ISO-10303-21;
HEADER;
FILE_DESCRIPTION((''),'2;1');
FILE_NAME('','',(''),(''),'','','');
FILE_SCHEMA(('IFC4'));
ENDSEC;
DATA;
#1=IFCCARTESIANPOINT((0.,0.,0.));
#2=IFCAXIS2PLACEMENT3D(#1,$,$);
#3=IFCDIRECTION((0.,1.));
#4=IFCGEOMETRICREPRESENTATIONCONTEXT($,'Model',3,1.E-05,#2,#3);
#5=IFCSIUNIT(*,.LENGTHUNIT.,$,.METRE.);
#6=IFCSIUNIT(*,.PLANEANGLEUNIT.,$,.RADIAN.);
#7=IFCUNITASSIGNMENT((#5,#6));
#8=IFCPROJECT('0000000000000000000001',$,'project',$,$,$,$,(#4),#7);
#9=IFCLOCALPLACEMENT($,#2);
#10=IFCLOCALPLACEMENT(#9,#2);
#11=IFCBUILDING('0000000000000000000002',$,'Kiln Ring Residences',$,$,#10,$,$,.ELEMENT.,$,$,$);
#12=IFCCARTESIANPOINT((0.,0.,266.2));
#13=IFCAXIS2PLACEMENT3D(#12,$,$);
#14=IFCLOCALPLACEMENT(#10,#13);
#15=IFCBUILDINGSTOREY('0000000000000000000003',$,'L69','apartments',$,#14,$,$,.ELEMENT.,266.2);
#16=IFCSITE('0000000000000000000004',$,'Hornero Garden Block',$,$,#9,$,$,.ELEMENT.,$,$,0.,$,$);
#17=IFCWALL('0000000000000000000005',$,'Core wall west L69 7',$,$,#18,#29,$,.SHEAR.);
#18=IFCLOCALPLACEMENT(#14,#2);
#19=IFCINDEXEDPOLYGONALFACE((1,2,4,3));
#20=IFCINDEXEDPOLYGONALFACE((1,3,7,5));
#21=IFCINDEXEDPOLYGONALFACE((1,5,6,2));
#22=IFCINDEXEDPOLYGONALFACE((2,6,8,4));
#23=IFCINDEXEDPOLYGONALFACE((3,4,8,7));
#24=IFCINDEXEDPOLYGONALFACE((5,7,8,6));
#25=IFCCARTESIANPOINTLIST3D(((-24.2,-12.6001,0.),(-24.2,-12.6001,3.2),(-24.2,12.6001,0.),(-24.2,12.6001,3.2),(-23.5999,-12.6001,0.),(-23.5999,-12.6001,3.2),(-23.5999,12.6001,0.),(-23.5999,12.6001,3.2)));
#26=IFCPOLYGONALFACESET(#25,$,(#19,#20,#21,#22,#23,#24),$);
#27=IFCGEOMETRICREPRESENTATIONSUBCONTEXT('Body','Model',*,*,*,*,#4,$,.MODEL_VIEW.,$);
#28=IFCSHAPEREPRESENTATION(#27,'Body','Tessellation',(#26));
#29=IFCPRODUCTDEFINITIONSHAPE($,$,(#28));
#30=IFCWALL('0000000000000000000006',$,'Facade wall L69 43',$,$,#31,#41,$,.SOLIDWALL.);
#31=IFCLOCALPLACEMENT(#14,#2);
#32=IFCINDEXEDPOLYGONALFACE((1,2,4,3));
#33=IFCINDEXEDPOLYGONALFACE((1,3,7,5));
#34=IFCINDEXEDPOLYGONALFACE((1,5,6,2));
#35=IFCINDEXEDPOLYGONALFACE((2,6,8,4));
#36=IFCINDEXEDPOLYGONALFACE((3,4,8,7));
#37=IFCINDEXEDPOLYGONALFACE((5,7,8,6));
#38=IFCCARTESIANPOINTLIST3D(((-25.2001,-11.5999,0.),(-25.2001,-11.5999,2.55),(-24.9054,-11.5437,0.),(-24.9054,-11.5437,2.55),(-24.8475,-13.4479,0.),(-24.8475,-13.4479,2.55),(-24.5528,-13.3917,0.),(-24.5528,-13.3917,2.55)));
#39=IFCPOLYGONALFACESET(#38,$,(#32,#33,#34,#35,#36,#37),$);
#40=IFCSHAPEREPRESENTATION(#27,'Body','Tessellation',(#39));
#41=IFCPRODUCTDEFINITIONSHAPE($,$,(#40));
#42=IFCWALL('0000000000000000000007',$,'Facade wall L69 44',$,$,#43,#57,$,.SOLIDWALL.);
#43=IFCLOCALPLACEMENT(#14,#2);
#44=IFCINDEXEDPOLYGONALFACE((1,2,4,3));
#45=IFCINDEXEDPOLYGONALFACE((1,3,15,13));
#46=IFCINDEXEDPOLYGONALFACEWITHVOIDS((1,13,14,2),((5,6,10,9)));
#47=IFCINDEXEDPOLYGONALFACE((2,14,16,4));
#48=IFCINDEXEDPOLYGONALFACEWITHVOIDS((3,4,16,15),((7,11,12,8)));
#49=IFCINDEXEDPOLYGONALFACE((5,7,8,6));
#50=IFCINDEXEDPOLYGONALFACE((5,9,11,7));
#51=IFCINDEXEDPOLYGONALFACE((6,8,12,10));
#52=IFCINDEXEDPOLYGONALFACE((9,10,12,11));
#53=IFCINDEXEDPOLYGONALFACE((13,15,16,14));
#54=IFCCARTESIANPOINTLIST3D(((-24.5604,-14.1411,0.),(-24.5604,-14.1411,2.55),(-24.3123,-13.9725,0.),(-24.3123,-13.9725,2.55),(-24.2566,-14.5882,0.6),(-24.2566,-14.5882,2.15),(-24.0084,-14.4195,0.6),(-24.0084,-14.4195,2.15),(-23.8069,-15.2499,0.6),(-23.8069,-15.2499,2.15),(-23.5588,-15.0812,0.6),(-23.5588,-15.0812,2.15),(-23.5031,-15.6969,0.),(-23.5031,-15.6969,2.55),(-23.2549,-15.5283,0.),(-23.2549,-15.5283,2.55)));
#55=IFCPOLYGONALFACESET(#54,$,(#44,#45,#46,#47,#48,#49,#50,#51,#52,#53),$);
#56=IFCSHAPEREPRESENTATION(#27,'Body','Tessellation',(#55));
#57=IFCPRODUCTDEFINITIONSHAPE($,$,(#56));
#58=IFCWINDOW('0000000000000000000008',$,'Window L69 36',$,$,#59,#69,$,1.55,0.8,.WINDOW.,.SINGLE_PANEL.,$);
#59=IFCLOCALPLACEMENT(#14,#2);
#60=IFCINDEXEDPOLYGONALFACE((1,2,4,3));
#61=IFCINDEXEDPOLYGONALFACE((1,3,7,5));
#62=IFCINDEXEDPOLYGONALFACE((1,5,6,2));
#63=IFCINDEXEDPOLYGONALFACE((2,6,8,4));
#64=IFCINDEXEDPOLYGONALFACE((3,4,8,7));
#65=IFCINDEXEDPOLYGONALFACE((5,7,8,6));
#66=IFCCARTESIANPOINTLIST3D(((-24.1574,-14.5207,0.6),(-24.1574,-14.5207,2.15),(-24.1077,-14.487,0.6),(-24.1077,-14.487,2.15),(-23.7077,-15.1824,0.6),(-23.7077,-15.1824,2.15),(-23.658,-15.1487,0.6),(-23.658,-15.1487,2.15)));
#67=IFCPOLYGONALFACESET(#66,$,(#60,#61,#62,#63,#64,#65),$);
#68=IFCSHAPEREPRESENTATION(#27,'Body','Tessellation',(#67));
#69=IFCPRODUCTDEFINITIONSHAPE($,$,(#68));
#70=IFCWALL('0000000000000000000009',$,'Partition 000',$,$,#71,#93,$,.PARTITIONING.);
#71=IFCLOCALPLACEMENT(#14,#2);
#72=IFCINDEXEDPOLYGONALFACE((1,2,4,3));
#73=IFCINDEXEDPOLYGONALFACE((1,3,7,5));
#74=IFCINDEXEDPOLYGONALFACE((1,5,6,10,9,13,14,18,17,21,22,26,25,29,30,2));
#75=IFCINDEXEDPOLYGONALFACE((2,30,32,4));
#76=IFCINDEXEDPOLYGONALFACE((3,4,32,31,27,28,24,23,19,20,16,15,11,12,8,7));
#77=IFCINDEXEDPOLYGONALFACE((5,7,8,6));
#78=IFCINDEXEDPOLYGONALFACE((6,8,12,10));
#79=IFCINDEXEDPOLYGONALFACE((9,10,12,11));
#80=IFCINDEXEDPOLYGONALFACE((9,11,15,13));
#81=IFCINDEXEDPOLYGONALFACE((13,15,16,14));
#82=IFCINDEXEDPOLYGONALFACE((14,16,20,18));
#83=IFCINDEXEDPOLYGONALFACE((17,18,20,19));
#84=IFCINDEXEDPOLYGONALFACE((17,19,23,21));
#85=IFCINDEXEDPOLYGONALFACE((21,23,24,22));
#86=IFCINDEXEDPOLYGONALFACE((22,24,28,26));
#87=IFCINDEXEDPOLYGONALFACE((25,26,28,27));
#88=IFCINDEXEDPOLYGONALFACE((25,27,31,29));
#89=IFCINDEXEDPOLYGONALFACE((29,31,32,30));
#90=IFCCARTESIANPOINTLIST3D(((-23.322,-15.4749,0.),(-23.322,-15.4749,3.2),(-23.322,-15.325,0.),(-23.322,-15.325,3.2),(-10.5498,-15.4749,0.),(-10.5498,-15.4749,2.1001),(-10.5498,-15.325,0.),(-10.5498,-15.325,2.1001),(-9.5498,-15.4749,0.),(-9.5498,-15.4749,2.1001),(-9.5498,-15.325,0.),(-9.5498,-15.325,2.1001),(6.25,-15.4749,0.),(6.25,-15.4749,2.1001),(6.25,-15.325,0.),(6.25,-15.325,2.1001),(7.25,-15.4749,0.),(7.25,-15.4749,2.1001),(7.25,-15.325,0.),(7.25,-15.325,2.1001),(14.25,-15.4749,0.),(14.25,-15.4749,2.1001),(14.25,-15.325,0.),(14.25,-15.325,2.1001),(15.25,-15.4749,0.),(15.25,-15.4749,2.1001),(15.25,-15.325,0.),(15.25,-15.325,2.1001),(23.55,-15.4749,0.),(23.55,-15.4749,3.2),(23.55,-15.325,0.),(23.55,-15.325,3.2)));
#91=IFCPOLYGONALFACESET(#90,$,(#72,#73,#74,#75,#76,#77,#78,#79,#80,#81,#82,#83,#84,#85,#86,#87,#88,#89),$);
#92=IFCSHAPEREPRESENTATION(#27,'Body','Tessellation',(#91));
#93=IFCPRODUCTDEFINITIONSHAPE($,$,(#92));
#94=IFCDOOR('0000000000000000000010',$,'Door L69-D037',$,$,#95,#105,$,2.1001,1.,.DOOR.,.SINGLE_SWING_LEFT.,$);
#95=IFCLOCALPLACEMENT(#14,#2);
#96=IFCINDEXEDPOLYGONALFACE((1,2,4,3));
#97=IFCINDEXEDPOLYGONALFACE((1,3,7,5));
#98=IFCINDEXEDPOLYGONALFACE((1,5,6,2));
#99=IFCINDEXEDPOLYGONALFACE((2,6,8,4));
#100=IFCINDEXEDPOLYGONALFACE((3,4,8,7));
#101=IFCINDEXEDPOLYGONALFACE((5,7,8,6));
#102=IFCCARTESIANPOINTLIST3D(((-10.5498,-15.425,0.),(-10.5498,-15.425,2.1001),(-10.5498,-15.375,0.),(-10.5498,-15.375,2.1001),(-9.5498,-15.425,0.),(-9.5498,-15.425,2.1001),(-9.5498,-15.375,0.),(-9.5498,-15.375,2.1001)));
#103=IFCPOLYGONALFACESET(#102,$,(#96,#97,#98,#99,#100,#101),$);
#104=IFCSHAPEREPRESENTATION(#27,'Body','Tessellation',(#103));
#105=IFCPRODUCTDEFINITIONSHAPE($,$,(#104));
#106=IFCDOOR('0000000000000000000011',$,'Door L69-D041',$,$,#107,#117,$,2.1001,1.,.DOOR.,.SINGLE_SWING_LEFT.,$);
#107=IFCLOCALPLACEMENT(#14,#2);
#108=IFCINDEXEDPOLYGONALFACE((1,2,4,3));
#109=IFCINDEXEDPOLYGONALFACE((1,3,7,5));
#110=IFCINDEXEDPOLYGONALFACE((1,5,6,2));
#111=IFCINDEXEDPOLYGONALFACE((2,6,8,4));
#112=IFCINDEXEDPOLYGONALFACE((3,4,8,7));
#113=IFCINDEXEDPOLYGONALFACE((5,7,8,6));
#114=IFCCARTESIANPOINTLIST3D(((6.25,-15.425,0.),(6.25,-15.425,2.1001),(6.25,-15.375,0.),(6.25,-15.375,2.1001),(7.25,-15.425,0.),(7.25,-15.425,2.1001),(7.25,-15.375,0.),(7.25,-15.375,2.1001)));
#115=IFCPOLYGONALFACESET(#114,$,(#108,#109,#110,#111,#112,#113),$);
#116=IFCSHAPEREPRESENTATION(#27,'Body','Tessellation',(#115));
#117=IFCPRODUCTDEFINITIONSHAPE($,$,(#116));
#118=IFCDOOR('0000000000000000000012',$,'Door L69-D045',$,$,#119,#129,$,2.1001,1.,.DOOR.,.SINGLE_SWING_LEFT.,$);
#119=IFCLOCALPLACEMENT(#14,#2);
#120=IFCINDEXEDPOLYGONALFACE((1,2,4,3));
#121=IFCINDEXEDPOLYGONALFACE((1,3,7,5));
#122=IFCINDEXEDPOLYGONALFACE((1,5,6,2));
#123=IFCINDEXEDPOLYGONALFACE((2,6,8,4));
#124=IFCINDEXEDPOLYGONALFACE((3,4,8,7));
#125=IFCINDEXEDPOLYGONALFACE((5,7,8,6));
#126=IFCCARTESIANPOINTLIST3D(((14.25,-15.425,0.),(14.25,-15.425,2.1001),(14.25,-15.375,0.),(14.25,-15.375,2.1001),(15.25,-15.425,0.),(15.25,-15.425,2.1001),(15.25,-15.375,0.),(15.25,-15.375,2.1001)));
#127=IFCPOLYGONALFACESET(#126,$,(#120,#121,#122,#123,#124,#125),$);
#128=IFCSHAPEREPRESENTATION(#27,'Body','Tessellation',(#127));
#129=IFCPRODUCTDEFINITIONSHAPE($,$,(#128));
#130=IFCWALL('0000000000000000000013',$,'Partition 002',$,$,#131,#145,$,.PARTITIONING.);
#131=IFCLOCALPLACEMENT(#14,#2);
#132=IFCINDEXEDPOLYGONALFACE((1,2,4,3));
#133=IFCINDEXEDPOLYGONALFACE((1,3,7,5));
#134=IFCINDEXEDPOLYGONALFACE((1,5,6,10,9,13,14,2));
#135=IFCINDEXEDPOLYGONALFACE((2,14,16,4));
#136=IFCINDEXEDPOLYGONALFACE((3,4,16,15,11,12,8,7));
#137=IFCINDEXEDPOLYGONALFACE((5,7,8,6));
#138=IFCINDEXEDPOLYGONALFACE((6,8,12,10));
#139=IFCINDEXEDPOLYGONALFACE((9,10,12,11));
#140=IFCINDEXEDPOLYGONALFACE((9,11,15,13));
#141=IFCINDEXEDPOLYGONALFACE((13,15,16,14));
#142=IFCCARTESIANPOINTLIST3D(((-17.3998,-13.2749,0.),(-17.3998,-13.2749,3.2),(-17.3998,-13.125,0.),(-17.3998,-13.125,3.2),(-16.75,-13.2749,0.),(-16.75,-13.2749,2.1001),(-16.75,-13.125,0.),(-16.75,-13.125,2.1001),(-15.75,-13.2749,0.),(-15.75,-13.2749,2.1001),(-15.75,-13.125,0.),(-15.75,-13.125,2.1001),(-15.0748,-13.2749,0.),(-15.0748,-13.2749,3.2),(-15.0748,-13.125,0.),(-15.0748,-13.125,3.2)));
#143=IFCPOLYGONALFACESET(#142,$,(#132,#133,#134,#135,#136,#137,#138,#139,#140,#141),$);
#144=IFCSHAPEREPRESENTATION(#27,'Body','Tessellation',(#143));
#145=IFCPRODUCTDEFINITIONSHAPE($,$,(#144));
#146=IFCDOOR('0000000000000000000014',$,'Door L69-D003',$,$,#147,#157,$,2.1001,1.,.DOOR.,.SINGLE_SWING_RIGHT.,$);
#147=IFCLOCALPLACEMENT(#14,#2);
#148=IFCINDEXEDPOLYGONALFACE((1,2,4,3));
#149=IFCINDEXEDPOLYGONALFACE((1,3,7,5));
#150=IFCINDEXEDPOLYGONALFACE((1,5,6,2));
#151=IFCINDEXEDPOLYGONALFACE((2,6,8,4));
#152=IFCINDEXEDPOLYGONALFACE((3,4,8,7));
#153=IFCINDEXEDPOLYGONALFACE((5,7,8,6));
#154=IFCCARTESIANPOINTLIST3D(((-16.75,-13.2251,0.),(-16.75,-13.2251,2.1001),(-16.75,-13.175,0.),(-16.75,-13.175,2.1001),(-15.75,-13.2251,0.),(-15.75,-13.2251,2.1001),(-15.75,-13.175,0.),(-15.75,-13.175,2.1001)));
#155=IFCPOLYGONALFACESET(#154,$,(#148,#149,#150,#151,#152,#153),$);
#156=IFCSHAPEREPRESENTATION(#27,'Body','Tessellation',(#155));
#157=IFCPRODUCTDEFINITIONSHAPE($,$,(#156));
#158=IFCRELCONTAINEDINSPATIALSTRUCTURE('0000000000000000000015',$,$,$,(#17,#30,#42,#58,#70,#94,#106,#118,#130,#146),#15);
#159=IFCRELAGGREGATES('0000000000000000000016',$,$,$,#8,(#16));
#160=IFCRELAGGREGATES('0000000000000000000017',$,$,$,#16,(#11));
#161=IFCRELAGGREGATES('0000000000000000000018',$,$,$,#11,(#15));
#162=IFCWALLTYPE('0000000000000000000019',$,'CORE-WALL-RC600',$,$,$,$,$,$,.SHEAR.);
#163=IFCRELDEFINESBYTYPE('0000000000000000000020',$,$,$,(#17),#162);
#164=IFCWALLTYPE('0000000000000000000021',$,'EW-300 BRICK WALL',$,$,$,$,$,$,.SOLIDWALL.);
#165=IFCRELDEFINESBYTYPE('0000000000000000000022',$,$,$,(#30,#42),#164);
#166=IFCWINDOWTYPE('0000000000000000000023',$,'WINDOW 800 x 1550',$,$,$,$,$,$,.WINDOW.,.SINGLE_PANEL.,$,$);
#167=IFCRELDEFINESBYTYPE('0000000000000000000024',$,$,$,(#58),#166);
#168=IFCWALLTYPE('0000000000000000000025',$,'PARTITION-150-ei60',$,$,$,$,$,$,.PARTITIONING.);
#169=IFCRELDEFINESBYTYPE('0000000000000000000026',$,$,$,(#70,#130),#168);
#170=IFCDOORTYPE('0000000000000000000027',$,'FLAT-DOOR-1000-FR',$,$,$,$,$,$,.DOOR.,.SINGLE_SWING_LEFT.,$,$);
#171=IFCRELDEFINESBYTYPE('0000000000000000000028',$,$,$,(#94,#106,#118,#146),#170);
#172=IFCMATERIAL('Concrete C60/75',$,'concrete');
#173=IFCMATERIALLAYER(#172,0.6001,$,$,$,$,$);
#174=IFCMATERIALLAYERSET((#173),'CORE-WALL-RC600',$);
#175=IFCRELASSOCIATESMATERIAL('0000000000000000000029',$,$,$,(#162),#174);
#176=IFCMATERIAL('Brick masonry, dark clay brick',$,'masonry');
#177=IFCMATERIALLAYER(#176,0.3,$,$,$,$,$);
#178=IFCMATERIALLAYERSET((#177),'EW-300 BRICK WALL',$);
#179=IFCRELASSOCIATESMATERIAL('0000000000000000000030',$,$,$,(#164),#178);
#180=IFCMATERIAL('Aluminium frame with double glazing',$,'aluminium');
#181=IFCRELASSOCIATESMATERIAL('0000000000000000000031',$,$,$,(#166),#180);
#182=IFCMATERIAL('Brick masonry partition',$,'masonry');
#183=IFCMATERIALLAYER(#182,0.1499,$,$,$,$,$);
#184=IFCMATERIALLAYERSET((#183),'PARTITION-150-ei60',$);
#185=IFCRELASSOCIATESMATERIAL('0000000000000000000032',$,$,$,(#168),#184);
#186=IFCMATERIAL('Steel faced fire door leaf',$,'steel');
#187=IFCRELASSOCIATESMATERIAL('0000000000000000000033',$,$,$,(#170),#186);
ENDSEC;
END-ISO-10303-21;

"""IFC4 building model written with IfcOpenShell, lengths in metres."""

from ifc_helpers import new_model, si_unit, direction, frame, frame_2d, origin, place, context, subcontext, project, spatial, rectangle, extrude, material, layer, layer_set, type_object, element, fill, save


model = new_model("IFC4")

# Units and contexts
model_context = context("Model", 3, precision=1e-05, world=origin(), true_north=direction((0.0, 1.0)))
body_context = subcontext(model_context, "Body", "Model", "MODEL_VIEW")
ifc_project = project(units=[si_unit("LENGTHUNIT", "METRE"), si_unit("PLANEANGLEUNIT", "RADIAN")], contexts=[model_context])

# Site, building, storey
site_placement = place(None, origin())
site = spatial("IfcSite", under=ifc_project, at=site_placement, Name="Hornero Garden Block", CompositionType="ELEMENT", RefElevation=0.0)
building_placement = place(site_placement, origin())
building = spatial("IfcBuilding", under=site, at=building_placement, Name="Kiln Ring Residences", CompositionType="ELEMENT")
storey_placement = place(building_placement, frame((0.0, 0.0, 266.2)))
storey = spatial("IfcBuildingStorey", under=building, at=storey_placement, Name="L69", Description="apartments", CompositionType="ELEMENT", Elevation=266.2)

# Walls
ifc_material_1 = material(Name="Concrete C60/75", Category="concrete")
ifc_layer_1 = layer(ifc_material_1, 0.6001)
ifc_layer_set_1 = layer_set([ifc_layer_1], Name="CORE-WALL-RC600")
wall_type_1 = type_object("IfcWallType", Name="CORE-WALL-RC600", PredefinedType="SHEAR", material=ifc_layer_set_1)
wall_1_placement = place(storey_placement, frame((-23.8999, -12.6001, 0.0), z_axis=(0.0, 0.0, 1.0), x_axis=(0.0, 1.0, 0.0)))
element("IfcWall", 1, at=wall_1_placement, inside=storey, type_object=wall_type_1, Name="Core wall west L69 7", PredefinedType="SHEAR", context=body_context, shape_type="SweptSolid", body=[
    extrude(rectangle(XDim=25.2002, YDim=0.6001, at=frame_2d((12.6001, 0.0))), origin(), (0.0, 0.0, 1.0), 3.2),
])
ifc_material_2 = material(Name="Brick masonry, dark clay brick", Category="masonry")
ifc_layer_2 = layer(ifc_material_2, 0.3)
ifc_layer_set_2 = layer_set([ifc_layer_2], Name="EW-300 BRICK WALL")
wall_type_2 = type_object("IfcWallType", Name="EW-300 BRICK WALL", PredefinedType="SOLIDWALL", material=ifc_layer_set_2)
wall_2_placement = place(storey_placement, frame((-25.0527, -11.5718, 0.0), z_axis=(0.0, 0.0, 1.0), x_axis=(0.187398, -0.982284, 0.0)))
element("IfcWall", 2, at=wall_2_placement, inside=storey, type_object=wall_type_2, Name="Facade wall L69 43", PredefinedType="SOLIDWALL", context=body_context, shape_type="SweptSolid", body=[
    extrude(rectangle(XDim=1.8813, YDim=0.3, at=frame_2d((0.9407, 0.0))), origin(), (0.0, 0.0, 1.0), 2.55),
])

# Wall, opening, window
wall_3_placement = place(storey_placement, frame((-24.4363, -14.0569, 0.0), z_axis=(0.0, 0.0, 1.0), x_axis=(0.562076, -0.827086, 0.0)))
wall_3 = element("IfcWall", 3, at=wall_3_placement, inside=storey, type_object=wall_type_2, Name="Facade wall L69 44", PredefinedType="SOLIDWALL", context=body_context, shape_type="SweptSolid", body=[
    extrude(rectangle(XDim=1.8811, YDim=0.3, at=frame_2d((0.9404, 0.0))), origin(), (0.0, 0.0, 1.0), 2.55),
])
opening_1_placement = place(wall_3_placement, frame((0.5405, 0.0, 0.6001)))
opening_1 = element("IfcOpeningElement", 4, at=opening_1_placement, cuts=wall_3, PredefinedType="OPENING", context=body_context, shape_type="SweptSolid", body=[
    extrude(rectangle(XDim=0.8, YDim=1.55, at=frame_2d((0.3999, 0.7749))), frame((0.0, 0.1599, 0.0), z_axis=(0.0, -1.0, 0.0), x_axis=(1.0, 0.0, 0.0)), (0.0, 0.0, 1.0), 0.3201),
])
ifc_material_3 = material(Name="Aluminium frame with double glazing", Category="aluminium")
window_type = type_object("IfcWindowType", Name="WINDOW 800 x 1550", PartitioningType="SINGLE_PANEL", PredefinedType="WINDOW", material=ifc_material_3)
window_placement = place(opening_1_placement, origin())
window = element("IfcWindow", 5, at=window_placement, inside=storey, type_object=window_type, Name="Window L69 36", OverallHeight=1.55, OverallWidth=0.8, PartitioningType="SINGLE_PANEL", PredefinedType="WINDOW", context=body_context, shape_type="SweptSolid", body=[
    extrude(rectangle(XDim=0.8, YDim=1.55, at=frame_2d((0.3999, 0.7749))), frame((0.0, 0.03, 0.0), z_axis=(0.0, -1.0, 0.0), x_axis=(1.0, 0.0, 0.0)), (0.0, 0.0, 1.0), 0.0601),
])
fill(opening_1, window)

# Wall, openings, doors
ifc_material_4 = material(Name="Brick masonry partition", Category="masonry")
ifc_layer_3 = layer(ifc_material_4, 0.1499)
ifc_layer_set_3 = layer_set([ifc_layer_3], Name="PARTITION-150-ei60")
wall_type_3 = type_object("IfcWallType", Name="PARTITION-150-ei60", PredefinedType="PARTITIONING", material=ifc_layer_set_3)
wall_4_placement = place(storey_placement, frame((-23.322, -15.3999, 0.0), z_axis=(0.0, 0.0, 1.0), x_axis=(1.0, 0.0, 0.0)))
wall_4 = element("IfcWall", 6, at=wall_4_placement, inside=storey, type_object=wall_type_3, Name="Partition 000", PredefinedType="PARTITIONING", context=body_context, shape_type="SweptSolid", body=[
    extrude(rectangle(XDim=46.8721, YDim=0.1499, at=frame_2d((23.436, 0.0))), origin(), (0.0, 0.0, 1.0), 3.2),
])
opening_2_placement = place(wall_4_placement, frame((12.7722, 0.0, 0.0)))
opening_2 = element("IfcOpeningElement", 7, at=opening_2_placement, cuts=wall_4, PredefinedType="OPENING", context=body_context, shape_type="SweptSolid", body=[
    extrude(rectangle(XDim=1.0, YDim=2.1001, at=frame_2d((0.5, 1.05))), frame((0.0, 0.085, 0.0), z_axis=(0.0, -1.0, 0.0), x_axis=(1.0, 0.0, 0.0)), (0.0, 0.0, 1.0), 0.1699),
])
opening_3_placement = place(wall_4_placement, frame((29.572, 0.0, 0.0)))
opening_3 = element("IfcOpeningElement", 8, at=opening_3_placement, cuts=wall_4, PredefinedType="OPENING", context=body_context, shape_type="SweptSolid", body=[
    extrude(rectangle(XDim=1.0, YDim=2.1001, at=frame_2d((0.5, 1.05))), frame((0.0, 0.085, 0.0), z_axis=(0.0, -1.0, 0.0), x_axis=(1.0, 0.0, 0.0)), (0.0, 0.0, 1.0), 0.1699),
])
opening_4_placement = place(wall_4_placement, frame((37.572, 0.0, 0.0)))
opening_4 = element("IfcOpeningElement", 9, at=opening_4_placement, cuts=wall_4, PredefinedType="OPENING", context=body_context, shape_type="SweptSolid", body=[
    extrude(rectangle(XDim=1.0, YDim=2.1001, at=frame_2d((0.5, 1.05))), frame((0.0, 0.085, 0.0), z_axis=(0.0, -1.0, 0.0), x_axis=(1.0, 0.0, 0.0)), (0.0, 0.0, 1.0), 0.1699),
])
ifc_material_5 = material(Name="Steel faced fire door leaf", Category="steel")
door_type_1 = type_object("IfcDoorType", Name="FLAT-DOOR-1000-FR", OperationType="SINGLE_SWING_LEFT", PredefinedType="DOOR", material=ifc_material_5)
door_1_placement = place(opening_2_placement, origin())
door_1 = element("IfcDoor", 10, at=door_1_placement, inside=storey, type_object=door_type_1, Name="Door L69-D037", OperationType="SINGLE_SWING_LEFT", OverallHeight=2.1001, OverallWidth=1.0, PredefinedType="DOOR", context=body_context, shape_type="SweptSolid", body=[
    extrude(rectangle(XDim=1.0, YDim=2.1001, at=frame_2d((0.5, 1.05))), frame((0.0, 0.0249, 0.0), z_axis=(0.0, -1.0, 0.0), x_axis=(1.0, 0.0, 0.0)), (0.0, 0.0, 1.0), 0.05),
])
fill(opening_2, door_1)
door_2_placement = place(opening_3_placement, origin())
door_2 = element("IfcDoor", 11, at=door_2_placement, inside=storey, type_object=door_type_1, Name="Door L69-D041", OperationType="SINGLE_SWING_LEFT", OverallHeight=2.1001, OverallWidth=1.0, PredefinedType="DOOR", context=body_context, shape_type="SweptSolid", body=[
    extrude(rectangle(XDim=1.0, YDim=2.1001, at=frame_2d((0.5, 1.05))), frame((0.0, 0.0249, 0.0), z_axis=(0.0, -1.0, 0.0), x_axis=(1.0, 0.0, 0.0)), (0.0, 0.0, 1.0), 0.05),
])
fill(opening_3, door_2)
door_3_placement = place(opening_4_placement, origin())
door_3 = element("IfcDoor", 12, at=door_3_placement, inside=storey, type_object=door_type_1, Name="Door L69-D045", OperationType="SINGLE_SWING_LEFT", OverallHeight=2.1001, OverallWidth=1.0, PredefinedType="DOOR", context=body_context, shape_type="SweptSolid", body=[
    extrude(rectangle(XDim=1.0, YDim=2.1001, at=frame_2d((0.5, 1.05))), frame((0.0, 0.0249, 0.0), z_axis=(0.0, -1.0, 0.0), x_axis=(1.0, 0.0, 0.0)), (0.0, 0.0, 1.0), 0.05),
])
fill(opening_4, door_3)

# Wall, opening, door
wall_5_placement = place(storey_placement, frame((-17.3999, -13.2, 0.0), z_axis=(0.0, 0.0, 1.0), x_axis=(1.0, 0.0, 0.0)))
wall_5 = element("IfcWall", 13, at=wall_5_placement, inside=storey, type_object=wall_type_3, Name="Partition 002", PredefinedType="PARTITIONING", context=body_context, shape_type="SweptSolid", body=[
    extrude(rectangle(XDim=2.325, YDim=0.1499, at=frame_2d((1.1626, 0.0))), origin(), (0.0, 0.0, 1.0), 3.2),
])
opening_5_placement = place(wall_5_placement, frame((0.6499, 0.0, 0.0)))
opening_5 = element("IfcOpeningElement", 14, at=opening_5_placement, cuts=wall_5, PredefinedType="OPENING", context=body_context, shape_type="SweptSolid", body=[
    extrude(rectangle(XDim=1.0, YDim=2.1001, at=frame_2d((0.5, 1.05))), frame((0.0, 0.085, 0.0), z_axis=(0.0, -1.0, 0.0), x_axis=(1.0, 0.0, 0.0)), (0.0, 0.0, 1.0), 0.1699),
])
door_4_placement = place(opening_5_placement, origin())
door_4 = element("IfcDoor", 15, at=door_4_placement, inside=storey, type_object=door_type_1, Name="Door L69-D003", OperationType="SINGLE_SWING_RIGHT", OverallHeight=2.1001, OverallWidth=1.0, PredefinedType="DOOR", context=body_context, shape_type="SweptSolid", body=[
    extrude(rectangle(XDim=1.0, YDim=2.1001, at=frame_2d((0.5, 1.05))), frame((0.0, 0.0249, 0.0), z_axis=(0.0, -1.0, 0.0), x_axis=(1.0, 0.0, 0.0)), (0.0, 0.0, 1.0), 0.05),
])
fill(opening_5, door_4)

save(model, "model.ifc")
